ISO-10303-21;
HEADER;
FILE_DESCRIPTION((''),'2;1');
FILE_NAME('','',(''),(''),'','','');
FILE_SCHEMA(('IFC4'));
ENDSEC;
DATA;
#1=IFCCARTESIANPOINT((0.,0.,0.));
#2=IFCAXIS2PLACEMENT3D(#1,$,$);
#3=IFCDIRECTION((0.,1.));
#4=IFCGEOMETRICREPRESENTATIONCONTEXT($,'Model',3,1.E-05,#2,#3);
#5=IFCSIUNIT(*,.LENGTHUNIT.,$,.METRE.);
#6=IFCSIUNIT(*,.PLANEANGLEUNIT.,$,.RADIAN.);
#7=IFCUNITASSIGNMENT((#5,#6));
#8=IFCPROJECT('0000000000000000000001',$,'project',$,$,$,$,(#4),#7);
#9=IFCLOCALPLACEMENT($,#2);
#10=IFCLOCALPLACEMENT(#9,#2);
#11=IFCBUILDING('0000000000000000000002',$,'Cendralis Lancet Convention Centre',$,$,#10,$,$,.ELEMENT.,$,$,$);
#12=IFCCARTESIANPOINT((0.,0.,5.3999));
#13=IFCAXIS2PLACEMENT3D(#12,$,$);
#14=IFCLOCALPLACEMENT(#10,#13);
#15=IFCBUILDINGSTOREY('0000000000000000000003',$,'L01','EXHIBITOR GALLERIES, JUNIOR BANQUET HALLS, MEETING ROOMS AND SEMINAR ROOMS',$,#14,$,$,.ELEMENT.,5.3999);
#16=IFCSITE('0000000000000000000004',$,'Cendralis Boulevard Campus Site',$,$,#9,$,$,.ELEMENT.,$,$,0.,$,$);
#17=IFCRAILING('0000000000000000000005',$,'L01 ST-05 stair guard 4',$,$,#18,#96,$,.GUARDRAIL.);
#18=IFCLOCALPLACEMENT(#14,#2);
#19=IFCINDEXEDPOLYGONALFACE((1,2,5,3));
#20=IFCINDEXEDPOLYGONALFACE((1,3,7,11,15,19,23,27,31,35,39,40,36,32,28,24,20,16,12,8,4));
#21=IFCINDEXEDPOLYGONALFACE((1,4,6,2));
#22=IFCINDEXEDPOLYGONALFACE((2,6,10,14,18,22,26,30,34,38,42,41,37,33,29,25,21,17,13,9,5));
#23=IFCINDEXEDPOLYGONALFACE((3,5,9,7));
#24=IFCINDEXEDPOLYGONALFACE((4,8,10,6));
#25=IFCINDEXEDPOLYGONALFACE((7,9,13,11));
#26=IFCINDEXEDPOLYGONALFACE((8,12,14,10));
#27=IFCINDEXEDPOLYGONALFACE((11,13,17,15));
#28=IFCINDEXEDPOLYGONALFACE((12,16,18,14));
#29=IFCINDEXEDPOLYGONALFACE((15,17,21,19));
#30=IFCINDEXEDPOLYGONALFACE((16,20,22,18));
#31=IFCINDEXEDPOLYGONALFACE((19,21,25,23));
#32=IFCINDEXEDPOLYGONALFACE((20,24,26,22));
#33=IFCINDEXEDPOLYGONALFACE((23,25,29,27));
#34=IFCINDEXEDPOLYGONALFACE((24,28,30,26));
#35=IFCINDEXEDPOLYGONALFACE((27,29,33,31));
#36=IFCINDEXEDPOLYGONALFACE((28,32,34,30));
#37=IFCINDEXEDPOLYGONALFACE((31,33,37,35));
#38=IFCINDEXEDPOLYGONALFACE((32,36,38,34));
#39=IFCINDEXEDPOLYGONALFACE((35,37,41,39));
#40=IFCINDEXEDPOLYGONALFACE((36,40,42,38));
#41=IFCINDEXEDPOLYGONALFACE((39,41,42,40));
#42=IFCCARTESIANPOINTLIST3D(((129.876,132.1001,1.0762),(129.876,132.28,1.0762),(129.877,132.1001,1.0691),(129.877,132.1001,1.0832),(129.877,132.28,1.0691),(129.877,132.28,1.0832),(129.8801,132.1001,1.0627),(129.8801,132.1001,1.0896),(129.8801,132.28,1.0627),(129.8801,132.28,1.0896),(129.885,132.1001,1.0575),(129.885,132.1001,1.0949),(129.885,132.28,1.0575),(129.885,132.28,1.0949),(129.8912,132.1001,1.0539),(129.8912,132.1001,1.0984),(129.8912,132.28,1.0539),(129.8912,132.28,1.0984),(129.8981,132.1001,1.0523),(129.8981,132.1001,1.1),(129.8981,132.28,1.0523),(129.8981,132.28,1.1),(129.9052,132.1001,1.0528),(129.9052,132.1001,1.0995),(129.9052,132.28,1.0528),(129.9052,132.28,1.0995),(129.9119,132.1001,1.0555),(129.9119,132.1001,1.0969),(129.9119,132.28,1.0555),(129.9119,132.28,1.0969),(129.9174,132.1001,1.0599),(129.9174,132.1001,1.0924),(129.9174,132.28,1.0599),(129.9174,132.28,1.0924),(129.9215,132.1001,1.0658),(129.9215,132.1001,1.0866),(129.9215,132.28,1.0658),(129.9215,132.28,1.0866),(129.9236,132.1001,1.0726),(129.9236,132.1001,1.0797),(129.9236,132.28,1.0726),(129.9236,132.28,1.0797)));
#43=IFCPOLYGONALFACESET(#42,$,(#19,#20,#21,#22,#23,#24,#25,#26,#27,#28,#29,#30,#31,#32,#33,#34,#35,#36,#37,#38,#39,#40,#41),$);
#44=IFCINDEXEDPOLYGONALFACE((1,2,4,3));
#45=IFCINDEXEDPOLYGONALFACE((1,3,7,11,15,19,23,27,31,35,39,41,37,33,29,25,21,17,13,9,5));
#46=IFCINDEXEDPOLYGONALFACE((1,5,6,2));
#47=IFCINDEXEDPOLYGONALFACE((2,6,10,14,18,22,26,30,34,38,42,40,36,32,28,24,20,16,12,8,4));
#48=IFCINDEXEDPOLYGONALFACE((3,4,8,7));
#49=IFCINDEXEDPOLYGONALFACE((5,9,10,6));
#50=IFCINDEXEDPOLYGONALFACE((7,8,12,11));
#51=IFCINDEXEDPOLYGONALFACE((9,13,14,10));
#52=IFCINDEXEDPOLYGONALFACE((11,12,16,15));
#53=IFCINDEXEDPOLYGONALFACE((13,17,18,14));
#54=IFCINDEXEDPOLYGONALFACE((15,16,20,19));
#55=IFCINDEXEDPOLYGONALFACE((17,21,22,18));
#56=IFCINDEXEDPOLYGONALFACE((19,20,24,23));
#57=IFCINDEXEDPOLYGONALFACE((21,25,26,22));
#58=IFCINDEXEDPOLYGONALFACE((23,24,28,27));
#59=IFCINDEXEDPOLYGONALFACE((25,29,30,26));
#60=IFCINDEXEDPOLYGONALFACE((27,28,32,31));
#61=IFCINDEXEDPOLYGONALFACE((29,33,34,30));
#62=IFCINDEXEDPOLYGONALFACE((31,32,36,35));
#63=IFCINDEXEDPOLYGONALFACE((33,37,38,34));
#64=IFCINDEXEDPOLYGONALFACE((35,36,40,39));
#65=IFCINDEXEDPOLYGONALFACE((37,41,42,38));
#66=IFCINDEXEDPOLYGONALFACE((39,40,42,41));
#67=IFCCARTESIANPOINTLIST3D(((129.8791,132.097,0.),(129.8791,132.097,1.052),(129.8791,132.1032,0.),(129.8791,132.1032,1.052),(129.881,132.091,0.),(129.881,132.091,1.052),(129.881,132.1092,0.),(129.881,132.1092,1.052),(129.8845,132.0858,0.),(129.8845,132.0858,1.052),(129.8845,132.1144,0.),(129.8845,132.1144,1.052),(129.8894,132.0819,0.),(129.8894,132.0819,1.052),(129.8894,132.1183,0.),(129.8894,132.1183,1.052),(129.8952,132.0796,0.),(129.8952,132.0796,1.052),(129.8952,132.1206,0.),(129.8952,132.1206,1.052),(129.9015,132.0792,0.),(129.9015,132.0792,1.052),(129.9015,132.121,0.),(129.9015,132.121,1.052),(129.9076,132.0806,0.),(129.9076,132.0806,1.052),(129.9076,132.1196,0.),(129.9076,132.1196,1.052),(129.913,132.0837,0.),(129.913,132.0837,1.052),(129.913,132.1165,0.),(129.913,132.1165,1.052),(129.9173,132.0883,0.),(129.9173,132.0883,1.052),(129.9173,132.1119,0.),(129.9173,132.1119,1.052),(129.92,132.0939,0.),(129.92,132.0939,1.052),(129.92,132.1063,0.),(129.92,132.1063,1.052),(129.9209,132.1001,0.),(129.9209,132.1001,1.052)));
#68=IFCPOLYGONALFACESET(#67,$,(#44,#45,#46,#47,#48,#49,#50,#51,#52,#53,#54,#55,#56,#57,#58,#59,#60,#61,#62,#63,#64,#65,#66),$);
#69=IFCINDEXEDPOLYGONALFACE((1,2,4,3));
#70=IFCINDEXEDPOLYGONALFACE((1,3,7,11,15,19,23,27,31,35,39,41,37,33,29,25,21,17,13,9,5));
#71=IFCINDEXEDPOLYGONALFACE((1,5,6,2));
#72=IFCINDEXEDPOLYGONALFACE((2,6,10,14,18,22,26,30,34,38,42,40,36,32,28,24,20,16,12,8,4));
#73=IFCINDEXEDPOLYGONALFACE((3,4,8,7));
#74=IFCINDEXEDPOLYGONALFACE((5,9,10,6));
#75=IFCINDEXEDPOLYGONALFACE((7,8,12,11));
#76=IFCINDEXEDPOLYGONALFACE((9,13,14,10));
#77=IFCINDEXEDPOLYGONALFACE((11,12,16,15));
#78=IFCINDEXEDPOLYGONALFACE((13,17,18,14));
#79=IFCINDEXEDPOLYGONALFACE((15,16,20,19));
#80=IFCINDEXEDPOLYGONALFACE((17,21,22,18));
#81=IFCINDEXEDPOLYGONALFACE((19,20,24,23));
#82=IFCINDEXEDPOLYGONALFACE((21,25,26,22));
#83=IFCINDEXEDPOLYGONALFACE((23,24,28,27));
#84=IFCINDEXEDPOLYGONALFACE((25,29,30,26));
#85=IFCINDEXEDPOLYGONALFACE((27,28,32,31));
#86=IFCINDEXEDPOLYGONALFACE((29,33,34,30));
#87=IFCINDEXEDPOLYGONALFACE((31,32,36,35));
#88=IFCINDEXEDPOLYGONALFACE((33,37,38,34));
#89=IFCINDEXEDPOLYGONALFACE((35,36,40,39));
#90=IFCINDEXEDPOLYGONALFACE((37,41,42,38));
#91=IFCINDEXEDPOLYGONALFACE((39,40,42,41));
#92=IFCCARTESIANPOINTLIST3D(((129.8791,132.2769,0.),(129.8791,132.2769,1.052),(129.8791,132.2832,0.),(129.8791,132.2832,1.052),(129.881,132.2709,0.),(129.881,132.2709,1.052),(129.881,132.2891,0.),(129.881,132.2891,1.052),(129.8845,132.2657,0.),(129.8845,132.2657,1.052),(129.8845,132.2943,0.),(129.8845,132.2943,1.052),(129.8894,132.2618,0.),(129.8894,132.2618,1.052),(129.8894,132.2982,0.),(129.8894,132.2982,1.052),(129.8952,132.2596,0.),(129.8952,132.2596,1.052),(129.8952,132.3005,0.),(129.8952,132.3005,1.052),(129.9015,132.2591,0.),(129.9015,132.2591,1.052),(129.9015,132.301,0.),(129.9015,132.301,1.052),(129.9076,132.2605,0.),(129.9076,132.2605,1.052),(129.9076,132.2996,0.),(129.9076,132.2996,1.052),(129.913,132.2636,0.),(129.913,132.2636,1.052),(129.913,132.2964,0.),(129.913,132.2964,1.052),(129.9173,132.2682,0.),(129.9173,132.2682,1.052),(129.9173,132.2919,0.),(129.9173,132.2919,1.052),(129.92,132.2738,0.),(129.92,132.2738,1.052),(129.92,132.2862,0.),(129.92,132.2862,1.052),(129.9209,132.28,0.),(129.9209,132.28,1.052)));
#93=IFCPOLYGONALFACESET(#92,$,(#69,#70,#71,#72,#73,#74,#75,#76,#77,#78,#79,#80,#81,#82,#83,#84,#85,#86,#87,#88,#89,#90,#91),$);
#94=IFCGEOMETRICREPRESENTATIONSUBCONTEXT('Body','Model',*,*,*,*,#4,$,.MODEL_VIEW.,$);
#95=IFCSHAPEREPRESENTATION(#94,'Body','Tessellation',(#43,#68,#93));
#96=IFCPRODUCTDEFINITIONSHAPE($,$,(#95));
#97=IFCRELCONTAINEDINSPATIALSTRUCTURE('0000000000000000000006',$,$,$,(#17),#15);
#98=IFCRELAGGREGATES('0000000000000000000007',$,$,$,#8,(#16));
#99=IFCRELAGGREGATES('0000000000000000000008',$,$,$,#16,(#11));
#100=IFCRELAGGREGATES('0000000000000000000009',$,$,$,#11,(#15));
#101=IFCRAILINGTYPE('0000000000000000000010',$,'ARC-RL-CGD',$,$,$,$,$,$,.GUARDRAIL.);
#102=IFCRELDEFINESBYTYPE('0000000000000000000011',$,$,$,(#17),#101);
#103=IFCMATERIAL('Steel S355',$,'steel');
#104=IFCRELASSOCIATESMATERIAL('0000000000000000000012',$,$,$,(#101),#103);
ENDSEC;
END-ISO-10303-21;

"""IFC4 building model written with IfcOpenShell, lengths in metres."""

from ifc_helpers import new_model, si_unit, direction, frame, origin, origin_2d, place, context, subcontext, project, spatial, circle, extrude, material, type_object, element, save


model = new_model("IFC4")

# Units and contexts
model_context = context("Model", 3, precision=1e-05, world=origin(), true_north=direction((0.0, 1.0)))
body_context = subcontext(model_context, "Body", "Model", "MODEL_VIEW")
ifc_project = project(units=[si_unit("LENGTHUNIT", "METRE"), si_unit("PLANEANGLEUNIT", "RADIAN")], contexts=[model_context])

# Site, building, storey
site_placement = place(None, origin())
site = spatial("IfcSite", under=ifc_project, at=site_placement, Name="Cendralis Boulevard Campus Site", CompositionType="ELEMENT", RefElevation=0.0)
building_placement = place(site_placement, origin())
building = spatial("IfcBuilding", under=site, at=building_placement, Name="Cendralis Lancet Convention Centre", CompositionType="ELEMENT")
storey_placement = place(building_placement, frame((0.0, 0.0, 5.3999)))
storey = spatial("IfcBuildingStorey", under=building, at=storey_placement, Name="L01", Description="EXHIBITOR GALLERIES, JUNIOR BANQUET HALLS, MEETING ROOMS AND SEMINAR ROOMS", CompositionType="ELEMENT", Elevation=5.3999)

# Shared definitions
ifc_material_1 = material(Name="Steel S355", Category="steel")

# Railing
railing_type_1 = type_object("IfcRailingType", Name="ARC-RL-CGD", PredefinedType="GUARDRAIL", material=ifc_material_1)
railing_1_placement = place(storey_placement, frame((129.8999, 132.1001, 0.0)))
element("IfcRailing", 1, at=railing_1_placement, inside=storey, type_object=railing_type_1, Name="L01 ST-05 stair guard 4", PredefinedType="GUARDRAIL", context=body_context, shape_type="SweptSolid", body=[
    extrude(circle(Radius=0.0239, at=origin_2d()), frame((0.0, 0.0, 1.0762), z_axis=(0.0, 1.0, 0.0), x_axis=(-1.0, 0.0, 0.0)), (0.0, 0.0, 1.0), 0.1799),
    extrude(circle(Radius=0.021, at=origin_2d()), origin(), (0.0, 0.0, 1.0), 1.052),
    extrude(circle(Radius=0.021, at=origin_2d()), frame((0.0, 0.1799, 0.0)), (0.0, 0.0, 1.0), 1.052),
])

save(model, "model.ifc")
